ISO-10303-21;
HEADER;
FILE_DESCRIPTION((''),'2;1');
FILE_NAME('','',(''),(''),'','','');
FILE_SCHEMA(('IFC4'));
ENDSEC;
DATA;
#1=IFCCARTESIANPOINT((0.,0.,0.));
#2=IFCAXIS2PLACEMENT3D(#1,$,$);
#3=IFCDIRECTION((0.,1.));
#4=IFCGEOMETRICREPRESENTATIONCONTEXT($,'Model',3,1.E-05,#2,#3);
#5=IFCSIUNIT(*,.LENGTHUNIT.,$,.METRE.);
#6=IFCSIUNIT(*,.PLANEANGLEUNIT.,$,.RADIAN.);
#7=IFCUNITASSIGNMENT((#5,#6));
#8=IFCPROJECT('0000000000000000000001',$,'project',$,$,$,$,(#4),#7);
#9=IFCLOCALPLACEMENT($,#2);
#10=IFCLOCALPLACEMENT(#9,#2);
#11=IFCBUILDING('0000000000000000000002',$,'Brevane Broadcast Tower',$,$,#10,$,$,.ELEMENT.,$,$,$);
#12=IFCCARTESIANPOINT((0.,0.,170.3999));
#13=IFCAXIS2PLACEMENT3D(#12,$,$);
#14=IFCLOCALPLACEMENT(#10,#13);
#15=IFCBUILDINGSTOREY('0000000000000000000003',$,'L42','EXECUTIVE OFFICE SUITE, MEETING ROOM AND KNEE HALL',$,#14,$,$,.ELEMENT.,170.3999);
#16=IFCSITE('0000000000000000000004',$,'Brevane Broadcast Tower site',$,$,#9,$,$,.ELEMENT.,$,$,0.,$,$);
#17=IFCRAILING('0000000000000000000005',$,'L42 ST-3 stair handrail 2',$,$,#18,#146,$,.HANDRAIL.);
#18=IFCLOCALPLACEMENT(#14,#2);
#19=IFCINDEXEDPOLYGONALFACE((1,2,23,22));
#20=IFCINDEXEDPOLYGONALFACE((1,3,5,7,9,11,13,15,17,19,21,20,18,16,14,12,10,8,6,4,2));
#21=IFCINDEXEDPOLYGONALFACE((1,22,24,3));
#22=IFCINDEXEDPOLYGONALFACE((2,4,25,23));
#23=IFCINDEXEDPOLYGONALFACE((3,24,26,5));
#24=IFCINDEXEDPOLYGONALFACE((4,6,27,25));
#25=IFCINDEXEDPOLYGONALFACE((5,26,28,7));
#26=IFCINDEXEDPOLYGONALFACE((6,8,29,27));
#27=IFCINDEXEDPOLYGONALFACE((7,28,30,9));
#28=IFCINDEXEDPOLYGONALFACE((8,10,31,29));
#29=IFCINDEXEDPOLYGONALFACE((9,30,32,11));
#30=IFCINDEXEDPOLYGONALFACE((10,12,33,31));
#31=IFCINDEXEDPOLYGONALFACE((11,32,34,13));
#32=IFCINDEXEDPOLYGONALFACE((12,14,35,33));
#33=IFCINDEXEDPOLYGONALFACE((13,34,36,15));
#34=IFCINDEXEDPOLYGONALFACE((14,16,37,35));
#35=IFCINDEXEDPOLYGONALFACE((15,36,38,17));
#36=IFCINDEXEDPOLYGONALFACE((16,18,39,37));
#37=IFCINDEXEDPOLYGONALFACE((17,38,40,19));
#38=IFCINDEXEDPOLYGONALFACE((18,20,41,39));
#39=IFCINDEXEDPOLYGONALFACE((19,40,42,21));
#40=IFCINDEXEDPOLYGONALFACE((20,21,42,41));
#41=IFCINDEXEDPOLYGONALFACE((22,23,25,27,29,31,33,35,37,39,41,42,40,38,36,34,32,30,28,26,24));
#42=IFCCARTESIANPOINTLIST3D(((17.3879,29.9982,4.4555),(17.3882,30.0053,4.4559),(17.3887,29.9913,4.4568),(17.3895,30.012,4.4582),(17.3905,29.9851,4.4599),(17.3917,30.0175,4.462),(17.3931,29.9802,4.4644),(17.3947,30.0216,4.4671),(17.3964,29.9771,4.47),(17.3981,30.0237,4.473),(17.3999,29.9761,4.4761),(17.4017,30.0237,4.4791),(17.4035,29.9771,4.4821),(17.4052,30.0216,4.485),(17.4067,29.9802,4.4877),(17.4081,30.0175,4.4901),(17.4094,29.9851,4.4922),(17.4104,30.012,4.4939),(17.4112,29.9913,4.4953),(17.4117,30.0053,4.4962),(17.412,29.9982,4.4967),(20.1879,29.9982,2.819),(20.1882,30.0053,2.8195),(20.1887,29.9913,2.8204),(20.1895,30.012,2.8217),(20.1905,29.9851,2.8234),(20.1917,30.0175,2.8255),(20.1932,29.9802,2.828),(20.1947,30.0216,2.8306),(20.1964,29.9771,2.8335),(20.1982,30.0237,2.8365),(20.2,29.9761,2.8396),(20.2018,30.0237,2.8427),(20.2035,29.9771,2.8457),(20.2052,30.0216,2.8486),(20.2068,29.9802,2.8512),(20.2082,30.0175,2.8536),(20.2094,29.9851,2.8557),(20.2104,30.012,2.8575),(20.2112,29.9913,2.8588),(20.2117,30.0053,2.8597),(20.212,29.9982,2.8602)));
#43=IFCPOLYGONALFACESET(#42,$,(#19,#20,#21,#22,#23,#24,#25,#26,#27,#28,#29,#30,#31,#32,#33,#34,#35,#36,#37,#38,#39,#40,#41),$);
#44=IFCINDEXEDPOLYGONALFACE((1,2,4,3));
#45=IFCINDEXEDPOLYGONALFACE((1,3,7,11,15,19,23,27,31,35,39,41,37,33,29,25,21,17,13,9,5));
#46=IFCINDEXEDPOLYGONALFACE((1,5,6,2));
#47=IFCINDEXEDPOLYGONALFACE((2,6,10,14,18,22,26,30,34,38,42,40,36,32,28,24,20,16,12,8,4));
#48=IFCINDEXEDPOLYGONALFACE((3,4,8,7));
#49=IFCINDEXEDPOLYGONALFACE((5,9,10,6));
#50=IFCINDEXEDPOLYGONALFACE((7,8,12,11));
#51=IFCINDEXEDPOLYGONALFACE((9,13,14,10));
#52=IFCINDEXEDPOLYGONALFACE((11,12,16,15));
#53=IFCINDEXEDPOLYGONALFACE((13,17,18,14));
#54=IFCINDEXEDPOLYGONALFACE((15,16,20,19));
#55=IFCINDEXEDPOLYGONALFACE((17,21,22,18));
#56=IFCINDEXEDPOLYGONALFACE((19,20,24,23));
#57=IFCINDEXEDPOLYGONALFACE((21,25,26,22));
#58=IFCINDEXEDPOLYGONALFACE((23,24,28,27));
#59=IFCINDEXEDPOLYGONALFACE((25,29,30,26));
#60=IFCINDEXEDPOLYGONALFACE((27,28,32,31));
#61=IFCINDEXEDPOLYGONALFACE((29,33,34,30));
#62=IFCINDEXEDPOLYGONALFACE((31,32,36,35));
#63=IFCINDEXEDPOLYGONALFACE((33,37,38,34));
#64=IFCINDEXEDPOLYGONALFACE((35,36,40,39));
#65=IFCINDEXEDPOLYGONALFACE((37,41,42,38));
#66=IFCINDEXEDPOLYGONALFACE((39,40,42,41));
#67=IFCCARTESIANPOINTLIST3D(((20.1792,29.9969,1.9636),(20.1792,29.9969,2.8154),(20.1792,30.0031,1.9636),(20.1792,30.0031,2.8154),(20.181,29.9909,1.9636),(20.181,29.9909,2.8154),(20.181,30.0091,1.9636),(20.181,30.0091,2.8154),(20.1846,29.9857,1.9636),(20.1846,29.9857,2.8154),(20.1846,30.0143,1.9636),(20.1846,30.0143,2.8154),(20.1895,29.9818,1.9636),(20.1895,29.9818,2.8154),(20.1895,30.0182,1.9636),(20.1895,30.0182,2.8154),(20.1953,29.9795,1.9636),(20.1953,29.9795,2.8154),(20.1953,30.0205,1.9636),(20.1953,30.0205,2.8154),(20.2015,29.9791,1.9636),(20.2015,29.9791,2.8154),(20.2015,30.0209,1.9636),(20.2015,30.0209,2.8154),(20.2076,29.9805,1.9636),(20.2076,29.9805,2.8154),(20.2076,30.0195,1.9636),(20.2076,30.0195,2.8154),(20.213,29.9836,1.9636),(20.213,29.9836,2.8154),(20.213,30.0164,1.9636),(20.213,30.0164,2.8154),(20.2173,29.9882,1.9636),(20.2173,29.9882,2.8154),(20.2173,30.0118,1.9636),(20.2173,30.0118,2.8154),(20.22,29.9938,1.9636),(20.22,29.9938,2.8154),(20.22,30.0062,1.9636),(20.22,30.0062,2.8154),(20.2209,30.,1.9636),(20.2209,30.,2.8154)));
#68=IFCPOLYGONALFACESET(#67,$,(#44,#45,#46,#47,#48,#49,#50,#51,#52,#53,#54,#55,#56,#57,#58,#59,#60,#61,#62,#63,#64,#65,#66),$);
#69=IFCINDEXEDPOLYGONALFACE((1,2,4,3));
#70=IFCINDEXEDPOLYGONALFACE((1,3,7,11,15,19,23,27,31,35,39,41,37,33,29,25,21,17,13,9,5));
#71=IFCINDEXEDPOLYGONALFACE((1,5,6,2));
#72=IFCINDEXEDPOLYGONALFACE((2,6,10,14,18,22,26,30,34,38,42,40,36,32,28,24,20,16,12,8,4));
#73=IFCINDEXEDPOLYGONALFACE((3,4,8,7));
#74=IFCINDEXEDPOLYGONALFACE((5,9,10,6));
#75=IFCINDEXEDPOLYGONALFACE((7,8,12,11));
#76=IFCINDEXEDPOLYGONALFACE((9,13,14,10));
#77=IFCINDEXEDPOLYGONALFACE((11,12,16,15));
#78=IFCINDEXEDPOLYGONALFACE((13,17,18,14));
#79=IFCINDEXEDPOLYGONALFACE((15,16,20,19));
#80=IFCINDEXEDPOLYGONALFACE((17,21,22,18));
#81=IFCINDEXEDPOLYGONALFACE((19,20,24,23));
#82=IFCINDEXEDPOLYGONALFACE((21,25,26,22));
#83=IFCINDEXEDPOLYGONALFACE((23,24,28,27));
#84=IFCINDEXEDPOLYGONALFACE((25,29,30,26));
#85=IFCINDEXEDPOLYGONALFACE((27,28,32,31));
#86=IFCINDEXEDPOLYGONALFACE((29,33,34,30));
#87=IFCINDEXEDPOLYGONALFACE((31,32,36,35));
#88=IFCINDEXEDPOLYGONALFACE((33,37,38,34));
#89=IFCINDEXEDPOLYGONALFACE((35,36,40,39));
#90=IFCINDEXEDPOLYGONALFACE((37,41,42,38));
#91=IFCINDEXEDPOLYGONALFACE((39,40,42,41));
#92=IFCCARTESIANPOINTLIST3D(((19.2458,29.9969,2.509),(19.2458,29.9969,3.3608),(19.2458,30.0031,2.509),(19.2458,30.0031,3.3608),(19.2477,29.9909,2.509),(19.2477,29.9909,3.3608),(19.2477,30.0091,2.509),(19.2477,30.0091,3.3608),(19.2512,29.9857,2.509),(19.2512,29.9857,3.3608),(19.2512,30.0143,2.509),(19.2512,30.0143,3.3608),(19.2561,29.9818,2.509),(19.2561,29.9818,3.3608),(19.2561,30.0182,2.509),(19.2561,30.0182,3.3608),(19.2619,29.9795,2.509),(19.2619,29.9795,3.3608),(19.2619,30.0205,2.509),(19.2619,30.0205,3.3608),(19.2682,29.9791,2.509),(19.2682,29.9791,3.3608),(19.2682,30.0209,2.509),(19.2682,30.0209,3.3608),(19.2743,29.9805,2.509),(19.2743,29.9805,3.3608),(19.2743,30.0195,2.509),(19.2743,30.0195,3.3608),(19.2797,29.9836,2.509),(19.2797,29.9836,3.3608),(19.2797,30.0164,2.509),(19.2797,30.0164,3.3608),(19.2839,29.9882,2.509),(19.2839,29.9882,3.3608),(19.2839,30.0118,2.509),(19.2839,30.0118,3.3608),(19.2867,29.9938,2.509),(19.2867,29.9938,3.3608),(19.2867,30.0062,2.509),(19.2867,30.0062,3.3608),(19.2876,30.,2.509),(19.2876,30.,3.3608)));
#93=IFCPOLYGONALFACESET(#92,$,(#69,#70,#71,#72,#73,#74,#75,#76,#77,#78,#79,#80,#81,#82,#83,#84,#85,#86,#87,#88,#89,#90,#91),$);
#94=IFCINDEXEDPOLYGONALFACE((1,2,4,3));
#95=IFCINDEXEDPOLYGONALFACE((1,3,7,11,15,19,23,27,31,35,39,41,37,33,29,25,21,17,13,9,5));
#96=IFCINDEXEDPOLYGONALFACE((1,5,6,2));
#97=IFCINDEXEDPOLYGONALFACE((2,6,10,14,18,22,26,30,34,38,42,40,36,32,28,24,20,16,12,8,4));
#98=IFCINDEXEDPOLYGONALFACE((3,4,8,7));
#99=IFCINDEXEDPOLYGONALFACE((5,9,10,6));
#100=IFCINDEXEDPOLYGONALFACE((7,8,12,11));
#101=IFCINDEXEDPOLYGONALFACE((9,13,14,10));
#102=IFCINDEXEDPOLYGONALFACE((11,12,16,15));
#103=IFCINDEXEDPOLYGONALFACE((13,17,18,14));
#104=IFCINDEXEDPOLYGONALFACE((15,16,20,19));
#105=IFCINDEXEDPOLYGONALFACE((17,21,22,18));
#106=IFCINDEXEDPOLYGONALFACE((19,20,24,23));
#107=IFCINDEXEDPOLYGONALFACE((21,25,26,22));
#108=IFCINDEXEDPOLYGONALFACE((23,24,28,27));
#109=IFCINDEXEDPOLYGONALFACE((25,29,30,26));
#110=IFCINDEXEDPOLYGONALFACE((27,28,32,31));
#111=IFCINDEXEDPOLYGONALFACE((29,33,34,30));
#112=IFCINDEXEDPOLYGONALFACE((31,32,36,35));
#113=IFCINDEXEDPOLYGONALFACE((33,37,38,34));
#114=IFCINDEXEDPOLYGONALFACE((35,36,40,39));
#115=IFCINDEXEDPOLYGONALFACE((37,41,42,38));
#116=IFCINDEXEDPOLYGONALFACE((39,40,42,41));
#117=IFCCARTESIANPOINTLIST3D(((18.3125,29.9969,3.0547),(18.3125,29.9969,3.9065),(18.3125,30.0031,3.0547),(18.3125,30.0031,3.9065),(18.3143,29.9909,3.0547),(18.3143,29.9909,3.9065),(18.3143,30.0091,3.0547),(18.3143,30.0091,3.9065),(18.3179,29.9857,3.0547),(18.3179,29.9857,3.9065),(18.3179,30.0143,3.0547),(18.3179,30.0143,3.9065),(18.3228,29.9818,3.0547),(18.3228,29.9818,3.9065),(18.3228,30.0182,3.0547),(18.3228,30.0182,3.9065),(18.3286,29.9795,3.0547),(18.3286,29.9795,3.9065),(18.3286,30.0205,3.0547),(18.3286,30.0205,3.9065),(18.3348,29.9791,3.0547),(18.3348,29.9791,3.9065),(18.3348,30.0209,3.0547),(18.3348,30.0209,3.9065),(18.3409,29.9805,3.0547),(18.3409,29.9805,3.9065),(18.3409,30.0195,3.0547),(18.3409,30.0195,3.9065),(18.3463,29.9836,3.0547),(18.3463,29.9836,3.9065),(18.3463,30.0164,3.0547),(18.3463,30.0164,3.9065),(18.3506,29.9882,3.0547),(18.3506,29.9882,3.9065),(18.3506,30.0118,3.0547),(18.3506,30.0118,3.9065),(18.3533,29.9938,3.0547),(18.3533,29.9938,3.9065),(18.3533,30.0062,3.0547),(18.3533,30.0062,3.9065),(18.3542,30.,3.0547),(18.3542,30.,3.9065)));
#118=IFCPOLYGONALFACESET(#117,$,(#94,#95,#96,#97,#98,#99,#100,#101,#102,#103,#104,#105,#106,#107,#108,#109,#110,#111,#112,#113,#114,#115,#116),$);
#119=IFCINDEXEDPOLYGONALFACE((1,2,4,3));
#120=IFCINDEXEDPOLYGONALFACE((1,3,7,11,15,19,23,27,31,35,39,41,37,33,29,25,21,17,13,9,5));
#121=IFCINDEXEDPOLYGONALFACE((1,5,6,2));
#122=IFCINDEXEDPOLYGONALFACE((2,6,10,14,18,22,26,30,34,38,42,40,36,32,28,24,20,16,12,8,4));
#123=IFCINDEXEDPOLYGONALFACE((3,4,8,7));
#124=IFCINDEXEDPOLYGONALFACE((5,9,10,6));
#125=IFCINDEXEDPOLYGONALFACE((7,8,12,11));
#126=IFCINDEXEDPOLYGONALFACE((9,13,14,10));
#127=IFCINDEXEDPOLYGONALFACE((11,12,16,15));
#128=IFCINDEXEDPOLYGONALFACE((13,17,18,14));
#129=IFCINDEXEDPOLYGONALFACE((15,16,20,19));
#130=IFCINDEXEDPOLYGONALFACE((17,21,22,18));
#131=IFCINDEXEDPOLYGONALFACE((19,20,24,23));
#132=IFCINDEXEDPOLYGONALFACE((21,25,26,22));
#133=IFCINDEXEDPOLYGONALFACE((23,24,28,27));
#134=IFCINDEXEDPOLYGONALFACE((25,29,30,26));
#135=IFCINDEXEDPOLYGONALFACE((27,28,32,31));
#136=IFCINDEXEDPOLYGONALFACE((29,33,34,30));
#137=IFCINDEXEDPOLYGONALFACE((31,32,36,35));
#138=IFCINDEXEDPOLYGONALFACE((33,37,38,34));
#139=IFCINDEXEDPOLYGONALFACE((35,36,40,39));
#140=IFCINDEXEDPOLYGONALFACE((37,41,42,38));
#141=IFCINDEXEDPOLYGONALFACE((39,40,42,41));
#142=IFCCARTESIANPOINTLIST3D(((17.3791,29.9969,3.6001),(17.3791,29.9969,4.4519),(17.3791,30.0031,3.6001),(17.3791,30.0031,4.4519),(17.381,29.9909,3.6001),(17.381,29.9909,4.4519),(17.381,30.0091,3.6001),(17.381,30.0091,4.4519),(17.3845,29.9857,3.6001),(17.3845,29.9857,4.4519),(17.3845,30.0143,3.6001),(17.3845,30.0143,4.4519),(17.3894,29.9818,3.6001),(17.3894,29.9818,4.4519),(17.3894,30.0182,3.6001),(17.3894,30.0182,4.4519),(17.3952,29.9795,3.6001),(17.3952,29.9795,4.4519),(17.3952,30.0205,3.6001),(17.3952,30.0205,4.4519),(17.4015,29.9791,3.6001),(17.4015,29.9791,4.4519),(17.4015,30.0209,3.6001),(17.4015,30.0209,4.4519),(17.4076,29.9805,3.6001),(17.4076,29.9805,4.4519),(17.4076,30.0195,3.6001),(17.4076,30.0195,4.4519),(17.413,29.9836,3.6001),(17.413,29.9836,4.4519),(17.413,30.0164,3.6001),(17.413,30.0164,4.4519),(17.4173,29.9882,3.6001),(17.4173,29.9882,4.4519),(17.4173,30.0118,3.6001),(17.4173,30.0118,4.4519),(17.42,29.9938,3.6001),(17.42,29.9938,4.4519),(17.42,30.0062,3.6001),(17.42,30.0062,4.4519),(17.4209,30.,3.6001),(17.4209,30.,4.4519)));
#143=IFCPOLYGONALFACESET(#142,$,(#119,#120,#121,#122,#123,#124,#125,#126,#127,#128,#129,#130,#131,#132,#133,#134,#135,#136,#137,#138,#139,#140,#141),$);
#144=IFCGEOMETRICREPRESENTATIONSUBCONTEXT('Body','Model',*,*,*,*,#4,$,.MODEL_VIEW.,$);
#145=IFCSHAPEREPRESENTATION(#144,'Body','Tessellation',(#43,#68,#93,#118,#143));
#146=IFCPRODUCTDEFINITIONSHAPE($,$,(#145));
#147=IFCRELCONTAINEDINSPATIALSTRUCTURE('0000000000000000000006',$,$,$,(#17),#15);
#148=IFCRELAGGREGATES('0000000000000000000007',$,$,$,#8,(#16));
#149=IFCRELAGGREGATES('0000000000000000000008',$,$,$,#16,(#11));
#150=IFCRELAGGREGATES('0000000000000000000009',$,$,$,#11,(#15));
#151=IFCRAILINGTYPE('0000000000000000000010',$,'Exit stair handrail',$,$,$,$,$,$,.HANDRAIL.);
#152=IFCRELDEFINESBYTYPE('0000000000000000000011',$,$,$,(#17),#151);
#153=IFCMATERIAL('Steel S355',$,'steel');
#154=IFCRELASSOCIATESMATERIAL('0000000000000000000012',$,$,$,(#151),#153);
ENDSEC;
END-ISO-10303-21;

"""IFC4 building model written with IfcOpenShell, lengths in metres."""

from ifc_helpers import new_model, si_unit, direction, frame, origin, origin_2d, place, context, subcontext, project, spatial, circle, extrude, material, type_object, element, save


model = new_model("IFC4")

# Units and contexts
model_context = context("Model", 3, precision=1e-05, world=origin(), true_north=direction((0.0, 1.0)))
body_context = subcontext(model_context, "Body", "Model", "MODEL_VIEW")
ifc_project = project(units=[si_unit("LENGTHUNIT", "METRE"), si_unit("PLANEANGLEUNIT", "RADIAN")], contexts=[model_context])

# Site, building, storey
site_placement = place(None, origin())
site = spatial("IfcSite", under=ifc_project, at=site_placement, Name="Brevane Broadcast Tower site", CompositionType="ELEMENT", RefElevation=0.0)
building_placement = place(site_placement, origin())
building = spatial("IfcBuilding", under=site, at=building_placement, Name="Brevane Broadcast Tower", CompositionType="ELEMENT")
storey_placement = place(building_placement, frame((0.0, 0.0, 170.3999)))
storey = spatial("IfcBuildingStorey", under=building, at=storey_placement, Name="L42", Description="EXECUTIVE OFFICE SUITE, MEETING ROOM AND KNEE HALL", CompositionType="ELEMENT", Elevation=170.3999)

# Railing
ifc_material_1 = material(Name="Steel S355", Category="steel")
railing_type_1 = type_object("IfcRailingType", Name="Exit stair handrail", PredefinedType="HANDRAIL", material=ifc_material_1)
railing_1_placement = place(storey_placement, frame((20.2, 30.0, 1.9636)))
element("IfcRailing", 1, at=railing_1_placement, inside=storey, type_object=railing_type_1, Name="L42 ST-3 stair handrail 2", PredefinedType="HANDRAIL", context=body_context, shape_type="SweptSolid", body=[
    extrude(circle(Radius=0.0239, at=origin_2d()), frame((0.0, 0.0, 0.876), z_axis=(-0.863361, 0.0, 0.504587), x_axis=(0.0, -1.0, 0.0)), (0.0, 0.0, 1.0), 3.2432),
    extrude(circle(Radius=0.021, at=origin_2d()), origin(), (0.0, 0.0, 1.0), 0.8518),
    extrude(circle(Radius=0.021, at=origin_2d()), frame((-0.9333, 0.0, 0.5454)), (0.0, 0.0, 1.0), 0.8518),
    extrude(circle(Radius=0.021, at=origin_2d()), frame((-1.8667, 0.0, 1.0911)), (0.0, 0.0, 1.0), 0.8518),
    extrude(circle(Radius=0.021, at=origin_2d()), frame((-2.8, 0.0, 1.6365)), (0.0, 0.0, 1.0), 0.8518),
])

save(model, "model.ifc")
